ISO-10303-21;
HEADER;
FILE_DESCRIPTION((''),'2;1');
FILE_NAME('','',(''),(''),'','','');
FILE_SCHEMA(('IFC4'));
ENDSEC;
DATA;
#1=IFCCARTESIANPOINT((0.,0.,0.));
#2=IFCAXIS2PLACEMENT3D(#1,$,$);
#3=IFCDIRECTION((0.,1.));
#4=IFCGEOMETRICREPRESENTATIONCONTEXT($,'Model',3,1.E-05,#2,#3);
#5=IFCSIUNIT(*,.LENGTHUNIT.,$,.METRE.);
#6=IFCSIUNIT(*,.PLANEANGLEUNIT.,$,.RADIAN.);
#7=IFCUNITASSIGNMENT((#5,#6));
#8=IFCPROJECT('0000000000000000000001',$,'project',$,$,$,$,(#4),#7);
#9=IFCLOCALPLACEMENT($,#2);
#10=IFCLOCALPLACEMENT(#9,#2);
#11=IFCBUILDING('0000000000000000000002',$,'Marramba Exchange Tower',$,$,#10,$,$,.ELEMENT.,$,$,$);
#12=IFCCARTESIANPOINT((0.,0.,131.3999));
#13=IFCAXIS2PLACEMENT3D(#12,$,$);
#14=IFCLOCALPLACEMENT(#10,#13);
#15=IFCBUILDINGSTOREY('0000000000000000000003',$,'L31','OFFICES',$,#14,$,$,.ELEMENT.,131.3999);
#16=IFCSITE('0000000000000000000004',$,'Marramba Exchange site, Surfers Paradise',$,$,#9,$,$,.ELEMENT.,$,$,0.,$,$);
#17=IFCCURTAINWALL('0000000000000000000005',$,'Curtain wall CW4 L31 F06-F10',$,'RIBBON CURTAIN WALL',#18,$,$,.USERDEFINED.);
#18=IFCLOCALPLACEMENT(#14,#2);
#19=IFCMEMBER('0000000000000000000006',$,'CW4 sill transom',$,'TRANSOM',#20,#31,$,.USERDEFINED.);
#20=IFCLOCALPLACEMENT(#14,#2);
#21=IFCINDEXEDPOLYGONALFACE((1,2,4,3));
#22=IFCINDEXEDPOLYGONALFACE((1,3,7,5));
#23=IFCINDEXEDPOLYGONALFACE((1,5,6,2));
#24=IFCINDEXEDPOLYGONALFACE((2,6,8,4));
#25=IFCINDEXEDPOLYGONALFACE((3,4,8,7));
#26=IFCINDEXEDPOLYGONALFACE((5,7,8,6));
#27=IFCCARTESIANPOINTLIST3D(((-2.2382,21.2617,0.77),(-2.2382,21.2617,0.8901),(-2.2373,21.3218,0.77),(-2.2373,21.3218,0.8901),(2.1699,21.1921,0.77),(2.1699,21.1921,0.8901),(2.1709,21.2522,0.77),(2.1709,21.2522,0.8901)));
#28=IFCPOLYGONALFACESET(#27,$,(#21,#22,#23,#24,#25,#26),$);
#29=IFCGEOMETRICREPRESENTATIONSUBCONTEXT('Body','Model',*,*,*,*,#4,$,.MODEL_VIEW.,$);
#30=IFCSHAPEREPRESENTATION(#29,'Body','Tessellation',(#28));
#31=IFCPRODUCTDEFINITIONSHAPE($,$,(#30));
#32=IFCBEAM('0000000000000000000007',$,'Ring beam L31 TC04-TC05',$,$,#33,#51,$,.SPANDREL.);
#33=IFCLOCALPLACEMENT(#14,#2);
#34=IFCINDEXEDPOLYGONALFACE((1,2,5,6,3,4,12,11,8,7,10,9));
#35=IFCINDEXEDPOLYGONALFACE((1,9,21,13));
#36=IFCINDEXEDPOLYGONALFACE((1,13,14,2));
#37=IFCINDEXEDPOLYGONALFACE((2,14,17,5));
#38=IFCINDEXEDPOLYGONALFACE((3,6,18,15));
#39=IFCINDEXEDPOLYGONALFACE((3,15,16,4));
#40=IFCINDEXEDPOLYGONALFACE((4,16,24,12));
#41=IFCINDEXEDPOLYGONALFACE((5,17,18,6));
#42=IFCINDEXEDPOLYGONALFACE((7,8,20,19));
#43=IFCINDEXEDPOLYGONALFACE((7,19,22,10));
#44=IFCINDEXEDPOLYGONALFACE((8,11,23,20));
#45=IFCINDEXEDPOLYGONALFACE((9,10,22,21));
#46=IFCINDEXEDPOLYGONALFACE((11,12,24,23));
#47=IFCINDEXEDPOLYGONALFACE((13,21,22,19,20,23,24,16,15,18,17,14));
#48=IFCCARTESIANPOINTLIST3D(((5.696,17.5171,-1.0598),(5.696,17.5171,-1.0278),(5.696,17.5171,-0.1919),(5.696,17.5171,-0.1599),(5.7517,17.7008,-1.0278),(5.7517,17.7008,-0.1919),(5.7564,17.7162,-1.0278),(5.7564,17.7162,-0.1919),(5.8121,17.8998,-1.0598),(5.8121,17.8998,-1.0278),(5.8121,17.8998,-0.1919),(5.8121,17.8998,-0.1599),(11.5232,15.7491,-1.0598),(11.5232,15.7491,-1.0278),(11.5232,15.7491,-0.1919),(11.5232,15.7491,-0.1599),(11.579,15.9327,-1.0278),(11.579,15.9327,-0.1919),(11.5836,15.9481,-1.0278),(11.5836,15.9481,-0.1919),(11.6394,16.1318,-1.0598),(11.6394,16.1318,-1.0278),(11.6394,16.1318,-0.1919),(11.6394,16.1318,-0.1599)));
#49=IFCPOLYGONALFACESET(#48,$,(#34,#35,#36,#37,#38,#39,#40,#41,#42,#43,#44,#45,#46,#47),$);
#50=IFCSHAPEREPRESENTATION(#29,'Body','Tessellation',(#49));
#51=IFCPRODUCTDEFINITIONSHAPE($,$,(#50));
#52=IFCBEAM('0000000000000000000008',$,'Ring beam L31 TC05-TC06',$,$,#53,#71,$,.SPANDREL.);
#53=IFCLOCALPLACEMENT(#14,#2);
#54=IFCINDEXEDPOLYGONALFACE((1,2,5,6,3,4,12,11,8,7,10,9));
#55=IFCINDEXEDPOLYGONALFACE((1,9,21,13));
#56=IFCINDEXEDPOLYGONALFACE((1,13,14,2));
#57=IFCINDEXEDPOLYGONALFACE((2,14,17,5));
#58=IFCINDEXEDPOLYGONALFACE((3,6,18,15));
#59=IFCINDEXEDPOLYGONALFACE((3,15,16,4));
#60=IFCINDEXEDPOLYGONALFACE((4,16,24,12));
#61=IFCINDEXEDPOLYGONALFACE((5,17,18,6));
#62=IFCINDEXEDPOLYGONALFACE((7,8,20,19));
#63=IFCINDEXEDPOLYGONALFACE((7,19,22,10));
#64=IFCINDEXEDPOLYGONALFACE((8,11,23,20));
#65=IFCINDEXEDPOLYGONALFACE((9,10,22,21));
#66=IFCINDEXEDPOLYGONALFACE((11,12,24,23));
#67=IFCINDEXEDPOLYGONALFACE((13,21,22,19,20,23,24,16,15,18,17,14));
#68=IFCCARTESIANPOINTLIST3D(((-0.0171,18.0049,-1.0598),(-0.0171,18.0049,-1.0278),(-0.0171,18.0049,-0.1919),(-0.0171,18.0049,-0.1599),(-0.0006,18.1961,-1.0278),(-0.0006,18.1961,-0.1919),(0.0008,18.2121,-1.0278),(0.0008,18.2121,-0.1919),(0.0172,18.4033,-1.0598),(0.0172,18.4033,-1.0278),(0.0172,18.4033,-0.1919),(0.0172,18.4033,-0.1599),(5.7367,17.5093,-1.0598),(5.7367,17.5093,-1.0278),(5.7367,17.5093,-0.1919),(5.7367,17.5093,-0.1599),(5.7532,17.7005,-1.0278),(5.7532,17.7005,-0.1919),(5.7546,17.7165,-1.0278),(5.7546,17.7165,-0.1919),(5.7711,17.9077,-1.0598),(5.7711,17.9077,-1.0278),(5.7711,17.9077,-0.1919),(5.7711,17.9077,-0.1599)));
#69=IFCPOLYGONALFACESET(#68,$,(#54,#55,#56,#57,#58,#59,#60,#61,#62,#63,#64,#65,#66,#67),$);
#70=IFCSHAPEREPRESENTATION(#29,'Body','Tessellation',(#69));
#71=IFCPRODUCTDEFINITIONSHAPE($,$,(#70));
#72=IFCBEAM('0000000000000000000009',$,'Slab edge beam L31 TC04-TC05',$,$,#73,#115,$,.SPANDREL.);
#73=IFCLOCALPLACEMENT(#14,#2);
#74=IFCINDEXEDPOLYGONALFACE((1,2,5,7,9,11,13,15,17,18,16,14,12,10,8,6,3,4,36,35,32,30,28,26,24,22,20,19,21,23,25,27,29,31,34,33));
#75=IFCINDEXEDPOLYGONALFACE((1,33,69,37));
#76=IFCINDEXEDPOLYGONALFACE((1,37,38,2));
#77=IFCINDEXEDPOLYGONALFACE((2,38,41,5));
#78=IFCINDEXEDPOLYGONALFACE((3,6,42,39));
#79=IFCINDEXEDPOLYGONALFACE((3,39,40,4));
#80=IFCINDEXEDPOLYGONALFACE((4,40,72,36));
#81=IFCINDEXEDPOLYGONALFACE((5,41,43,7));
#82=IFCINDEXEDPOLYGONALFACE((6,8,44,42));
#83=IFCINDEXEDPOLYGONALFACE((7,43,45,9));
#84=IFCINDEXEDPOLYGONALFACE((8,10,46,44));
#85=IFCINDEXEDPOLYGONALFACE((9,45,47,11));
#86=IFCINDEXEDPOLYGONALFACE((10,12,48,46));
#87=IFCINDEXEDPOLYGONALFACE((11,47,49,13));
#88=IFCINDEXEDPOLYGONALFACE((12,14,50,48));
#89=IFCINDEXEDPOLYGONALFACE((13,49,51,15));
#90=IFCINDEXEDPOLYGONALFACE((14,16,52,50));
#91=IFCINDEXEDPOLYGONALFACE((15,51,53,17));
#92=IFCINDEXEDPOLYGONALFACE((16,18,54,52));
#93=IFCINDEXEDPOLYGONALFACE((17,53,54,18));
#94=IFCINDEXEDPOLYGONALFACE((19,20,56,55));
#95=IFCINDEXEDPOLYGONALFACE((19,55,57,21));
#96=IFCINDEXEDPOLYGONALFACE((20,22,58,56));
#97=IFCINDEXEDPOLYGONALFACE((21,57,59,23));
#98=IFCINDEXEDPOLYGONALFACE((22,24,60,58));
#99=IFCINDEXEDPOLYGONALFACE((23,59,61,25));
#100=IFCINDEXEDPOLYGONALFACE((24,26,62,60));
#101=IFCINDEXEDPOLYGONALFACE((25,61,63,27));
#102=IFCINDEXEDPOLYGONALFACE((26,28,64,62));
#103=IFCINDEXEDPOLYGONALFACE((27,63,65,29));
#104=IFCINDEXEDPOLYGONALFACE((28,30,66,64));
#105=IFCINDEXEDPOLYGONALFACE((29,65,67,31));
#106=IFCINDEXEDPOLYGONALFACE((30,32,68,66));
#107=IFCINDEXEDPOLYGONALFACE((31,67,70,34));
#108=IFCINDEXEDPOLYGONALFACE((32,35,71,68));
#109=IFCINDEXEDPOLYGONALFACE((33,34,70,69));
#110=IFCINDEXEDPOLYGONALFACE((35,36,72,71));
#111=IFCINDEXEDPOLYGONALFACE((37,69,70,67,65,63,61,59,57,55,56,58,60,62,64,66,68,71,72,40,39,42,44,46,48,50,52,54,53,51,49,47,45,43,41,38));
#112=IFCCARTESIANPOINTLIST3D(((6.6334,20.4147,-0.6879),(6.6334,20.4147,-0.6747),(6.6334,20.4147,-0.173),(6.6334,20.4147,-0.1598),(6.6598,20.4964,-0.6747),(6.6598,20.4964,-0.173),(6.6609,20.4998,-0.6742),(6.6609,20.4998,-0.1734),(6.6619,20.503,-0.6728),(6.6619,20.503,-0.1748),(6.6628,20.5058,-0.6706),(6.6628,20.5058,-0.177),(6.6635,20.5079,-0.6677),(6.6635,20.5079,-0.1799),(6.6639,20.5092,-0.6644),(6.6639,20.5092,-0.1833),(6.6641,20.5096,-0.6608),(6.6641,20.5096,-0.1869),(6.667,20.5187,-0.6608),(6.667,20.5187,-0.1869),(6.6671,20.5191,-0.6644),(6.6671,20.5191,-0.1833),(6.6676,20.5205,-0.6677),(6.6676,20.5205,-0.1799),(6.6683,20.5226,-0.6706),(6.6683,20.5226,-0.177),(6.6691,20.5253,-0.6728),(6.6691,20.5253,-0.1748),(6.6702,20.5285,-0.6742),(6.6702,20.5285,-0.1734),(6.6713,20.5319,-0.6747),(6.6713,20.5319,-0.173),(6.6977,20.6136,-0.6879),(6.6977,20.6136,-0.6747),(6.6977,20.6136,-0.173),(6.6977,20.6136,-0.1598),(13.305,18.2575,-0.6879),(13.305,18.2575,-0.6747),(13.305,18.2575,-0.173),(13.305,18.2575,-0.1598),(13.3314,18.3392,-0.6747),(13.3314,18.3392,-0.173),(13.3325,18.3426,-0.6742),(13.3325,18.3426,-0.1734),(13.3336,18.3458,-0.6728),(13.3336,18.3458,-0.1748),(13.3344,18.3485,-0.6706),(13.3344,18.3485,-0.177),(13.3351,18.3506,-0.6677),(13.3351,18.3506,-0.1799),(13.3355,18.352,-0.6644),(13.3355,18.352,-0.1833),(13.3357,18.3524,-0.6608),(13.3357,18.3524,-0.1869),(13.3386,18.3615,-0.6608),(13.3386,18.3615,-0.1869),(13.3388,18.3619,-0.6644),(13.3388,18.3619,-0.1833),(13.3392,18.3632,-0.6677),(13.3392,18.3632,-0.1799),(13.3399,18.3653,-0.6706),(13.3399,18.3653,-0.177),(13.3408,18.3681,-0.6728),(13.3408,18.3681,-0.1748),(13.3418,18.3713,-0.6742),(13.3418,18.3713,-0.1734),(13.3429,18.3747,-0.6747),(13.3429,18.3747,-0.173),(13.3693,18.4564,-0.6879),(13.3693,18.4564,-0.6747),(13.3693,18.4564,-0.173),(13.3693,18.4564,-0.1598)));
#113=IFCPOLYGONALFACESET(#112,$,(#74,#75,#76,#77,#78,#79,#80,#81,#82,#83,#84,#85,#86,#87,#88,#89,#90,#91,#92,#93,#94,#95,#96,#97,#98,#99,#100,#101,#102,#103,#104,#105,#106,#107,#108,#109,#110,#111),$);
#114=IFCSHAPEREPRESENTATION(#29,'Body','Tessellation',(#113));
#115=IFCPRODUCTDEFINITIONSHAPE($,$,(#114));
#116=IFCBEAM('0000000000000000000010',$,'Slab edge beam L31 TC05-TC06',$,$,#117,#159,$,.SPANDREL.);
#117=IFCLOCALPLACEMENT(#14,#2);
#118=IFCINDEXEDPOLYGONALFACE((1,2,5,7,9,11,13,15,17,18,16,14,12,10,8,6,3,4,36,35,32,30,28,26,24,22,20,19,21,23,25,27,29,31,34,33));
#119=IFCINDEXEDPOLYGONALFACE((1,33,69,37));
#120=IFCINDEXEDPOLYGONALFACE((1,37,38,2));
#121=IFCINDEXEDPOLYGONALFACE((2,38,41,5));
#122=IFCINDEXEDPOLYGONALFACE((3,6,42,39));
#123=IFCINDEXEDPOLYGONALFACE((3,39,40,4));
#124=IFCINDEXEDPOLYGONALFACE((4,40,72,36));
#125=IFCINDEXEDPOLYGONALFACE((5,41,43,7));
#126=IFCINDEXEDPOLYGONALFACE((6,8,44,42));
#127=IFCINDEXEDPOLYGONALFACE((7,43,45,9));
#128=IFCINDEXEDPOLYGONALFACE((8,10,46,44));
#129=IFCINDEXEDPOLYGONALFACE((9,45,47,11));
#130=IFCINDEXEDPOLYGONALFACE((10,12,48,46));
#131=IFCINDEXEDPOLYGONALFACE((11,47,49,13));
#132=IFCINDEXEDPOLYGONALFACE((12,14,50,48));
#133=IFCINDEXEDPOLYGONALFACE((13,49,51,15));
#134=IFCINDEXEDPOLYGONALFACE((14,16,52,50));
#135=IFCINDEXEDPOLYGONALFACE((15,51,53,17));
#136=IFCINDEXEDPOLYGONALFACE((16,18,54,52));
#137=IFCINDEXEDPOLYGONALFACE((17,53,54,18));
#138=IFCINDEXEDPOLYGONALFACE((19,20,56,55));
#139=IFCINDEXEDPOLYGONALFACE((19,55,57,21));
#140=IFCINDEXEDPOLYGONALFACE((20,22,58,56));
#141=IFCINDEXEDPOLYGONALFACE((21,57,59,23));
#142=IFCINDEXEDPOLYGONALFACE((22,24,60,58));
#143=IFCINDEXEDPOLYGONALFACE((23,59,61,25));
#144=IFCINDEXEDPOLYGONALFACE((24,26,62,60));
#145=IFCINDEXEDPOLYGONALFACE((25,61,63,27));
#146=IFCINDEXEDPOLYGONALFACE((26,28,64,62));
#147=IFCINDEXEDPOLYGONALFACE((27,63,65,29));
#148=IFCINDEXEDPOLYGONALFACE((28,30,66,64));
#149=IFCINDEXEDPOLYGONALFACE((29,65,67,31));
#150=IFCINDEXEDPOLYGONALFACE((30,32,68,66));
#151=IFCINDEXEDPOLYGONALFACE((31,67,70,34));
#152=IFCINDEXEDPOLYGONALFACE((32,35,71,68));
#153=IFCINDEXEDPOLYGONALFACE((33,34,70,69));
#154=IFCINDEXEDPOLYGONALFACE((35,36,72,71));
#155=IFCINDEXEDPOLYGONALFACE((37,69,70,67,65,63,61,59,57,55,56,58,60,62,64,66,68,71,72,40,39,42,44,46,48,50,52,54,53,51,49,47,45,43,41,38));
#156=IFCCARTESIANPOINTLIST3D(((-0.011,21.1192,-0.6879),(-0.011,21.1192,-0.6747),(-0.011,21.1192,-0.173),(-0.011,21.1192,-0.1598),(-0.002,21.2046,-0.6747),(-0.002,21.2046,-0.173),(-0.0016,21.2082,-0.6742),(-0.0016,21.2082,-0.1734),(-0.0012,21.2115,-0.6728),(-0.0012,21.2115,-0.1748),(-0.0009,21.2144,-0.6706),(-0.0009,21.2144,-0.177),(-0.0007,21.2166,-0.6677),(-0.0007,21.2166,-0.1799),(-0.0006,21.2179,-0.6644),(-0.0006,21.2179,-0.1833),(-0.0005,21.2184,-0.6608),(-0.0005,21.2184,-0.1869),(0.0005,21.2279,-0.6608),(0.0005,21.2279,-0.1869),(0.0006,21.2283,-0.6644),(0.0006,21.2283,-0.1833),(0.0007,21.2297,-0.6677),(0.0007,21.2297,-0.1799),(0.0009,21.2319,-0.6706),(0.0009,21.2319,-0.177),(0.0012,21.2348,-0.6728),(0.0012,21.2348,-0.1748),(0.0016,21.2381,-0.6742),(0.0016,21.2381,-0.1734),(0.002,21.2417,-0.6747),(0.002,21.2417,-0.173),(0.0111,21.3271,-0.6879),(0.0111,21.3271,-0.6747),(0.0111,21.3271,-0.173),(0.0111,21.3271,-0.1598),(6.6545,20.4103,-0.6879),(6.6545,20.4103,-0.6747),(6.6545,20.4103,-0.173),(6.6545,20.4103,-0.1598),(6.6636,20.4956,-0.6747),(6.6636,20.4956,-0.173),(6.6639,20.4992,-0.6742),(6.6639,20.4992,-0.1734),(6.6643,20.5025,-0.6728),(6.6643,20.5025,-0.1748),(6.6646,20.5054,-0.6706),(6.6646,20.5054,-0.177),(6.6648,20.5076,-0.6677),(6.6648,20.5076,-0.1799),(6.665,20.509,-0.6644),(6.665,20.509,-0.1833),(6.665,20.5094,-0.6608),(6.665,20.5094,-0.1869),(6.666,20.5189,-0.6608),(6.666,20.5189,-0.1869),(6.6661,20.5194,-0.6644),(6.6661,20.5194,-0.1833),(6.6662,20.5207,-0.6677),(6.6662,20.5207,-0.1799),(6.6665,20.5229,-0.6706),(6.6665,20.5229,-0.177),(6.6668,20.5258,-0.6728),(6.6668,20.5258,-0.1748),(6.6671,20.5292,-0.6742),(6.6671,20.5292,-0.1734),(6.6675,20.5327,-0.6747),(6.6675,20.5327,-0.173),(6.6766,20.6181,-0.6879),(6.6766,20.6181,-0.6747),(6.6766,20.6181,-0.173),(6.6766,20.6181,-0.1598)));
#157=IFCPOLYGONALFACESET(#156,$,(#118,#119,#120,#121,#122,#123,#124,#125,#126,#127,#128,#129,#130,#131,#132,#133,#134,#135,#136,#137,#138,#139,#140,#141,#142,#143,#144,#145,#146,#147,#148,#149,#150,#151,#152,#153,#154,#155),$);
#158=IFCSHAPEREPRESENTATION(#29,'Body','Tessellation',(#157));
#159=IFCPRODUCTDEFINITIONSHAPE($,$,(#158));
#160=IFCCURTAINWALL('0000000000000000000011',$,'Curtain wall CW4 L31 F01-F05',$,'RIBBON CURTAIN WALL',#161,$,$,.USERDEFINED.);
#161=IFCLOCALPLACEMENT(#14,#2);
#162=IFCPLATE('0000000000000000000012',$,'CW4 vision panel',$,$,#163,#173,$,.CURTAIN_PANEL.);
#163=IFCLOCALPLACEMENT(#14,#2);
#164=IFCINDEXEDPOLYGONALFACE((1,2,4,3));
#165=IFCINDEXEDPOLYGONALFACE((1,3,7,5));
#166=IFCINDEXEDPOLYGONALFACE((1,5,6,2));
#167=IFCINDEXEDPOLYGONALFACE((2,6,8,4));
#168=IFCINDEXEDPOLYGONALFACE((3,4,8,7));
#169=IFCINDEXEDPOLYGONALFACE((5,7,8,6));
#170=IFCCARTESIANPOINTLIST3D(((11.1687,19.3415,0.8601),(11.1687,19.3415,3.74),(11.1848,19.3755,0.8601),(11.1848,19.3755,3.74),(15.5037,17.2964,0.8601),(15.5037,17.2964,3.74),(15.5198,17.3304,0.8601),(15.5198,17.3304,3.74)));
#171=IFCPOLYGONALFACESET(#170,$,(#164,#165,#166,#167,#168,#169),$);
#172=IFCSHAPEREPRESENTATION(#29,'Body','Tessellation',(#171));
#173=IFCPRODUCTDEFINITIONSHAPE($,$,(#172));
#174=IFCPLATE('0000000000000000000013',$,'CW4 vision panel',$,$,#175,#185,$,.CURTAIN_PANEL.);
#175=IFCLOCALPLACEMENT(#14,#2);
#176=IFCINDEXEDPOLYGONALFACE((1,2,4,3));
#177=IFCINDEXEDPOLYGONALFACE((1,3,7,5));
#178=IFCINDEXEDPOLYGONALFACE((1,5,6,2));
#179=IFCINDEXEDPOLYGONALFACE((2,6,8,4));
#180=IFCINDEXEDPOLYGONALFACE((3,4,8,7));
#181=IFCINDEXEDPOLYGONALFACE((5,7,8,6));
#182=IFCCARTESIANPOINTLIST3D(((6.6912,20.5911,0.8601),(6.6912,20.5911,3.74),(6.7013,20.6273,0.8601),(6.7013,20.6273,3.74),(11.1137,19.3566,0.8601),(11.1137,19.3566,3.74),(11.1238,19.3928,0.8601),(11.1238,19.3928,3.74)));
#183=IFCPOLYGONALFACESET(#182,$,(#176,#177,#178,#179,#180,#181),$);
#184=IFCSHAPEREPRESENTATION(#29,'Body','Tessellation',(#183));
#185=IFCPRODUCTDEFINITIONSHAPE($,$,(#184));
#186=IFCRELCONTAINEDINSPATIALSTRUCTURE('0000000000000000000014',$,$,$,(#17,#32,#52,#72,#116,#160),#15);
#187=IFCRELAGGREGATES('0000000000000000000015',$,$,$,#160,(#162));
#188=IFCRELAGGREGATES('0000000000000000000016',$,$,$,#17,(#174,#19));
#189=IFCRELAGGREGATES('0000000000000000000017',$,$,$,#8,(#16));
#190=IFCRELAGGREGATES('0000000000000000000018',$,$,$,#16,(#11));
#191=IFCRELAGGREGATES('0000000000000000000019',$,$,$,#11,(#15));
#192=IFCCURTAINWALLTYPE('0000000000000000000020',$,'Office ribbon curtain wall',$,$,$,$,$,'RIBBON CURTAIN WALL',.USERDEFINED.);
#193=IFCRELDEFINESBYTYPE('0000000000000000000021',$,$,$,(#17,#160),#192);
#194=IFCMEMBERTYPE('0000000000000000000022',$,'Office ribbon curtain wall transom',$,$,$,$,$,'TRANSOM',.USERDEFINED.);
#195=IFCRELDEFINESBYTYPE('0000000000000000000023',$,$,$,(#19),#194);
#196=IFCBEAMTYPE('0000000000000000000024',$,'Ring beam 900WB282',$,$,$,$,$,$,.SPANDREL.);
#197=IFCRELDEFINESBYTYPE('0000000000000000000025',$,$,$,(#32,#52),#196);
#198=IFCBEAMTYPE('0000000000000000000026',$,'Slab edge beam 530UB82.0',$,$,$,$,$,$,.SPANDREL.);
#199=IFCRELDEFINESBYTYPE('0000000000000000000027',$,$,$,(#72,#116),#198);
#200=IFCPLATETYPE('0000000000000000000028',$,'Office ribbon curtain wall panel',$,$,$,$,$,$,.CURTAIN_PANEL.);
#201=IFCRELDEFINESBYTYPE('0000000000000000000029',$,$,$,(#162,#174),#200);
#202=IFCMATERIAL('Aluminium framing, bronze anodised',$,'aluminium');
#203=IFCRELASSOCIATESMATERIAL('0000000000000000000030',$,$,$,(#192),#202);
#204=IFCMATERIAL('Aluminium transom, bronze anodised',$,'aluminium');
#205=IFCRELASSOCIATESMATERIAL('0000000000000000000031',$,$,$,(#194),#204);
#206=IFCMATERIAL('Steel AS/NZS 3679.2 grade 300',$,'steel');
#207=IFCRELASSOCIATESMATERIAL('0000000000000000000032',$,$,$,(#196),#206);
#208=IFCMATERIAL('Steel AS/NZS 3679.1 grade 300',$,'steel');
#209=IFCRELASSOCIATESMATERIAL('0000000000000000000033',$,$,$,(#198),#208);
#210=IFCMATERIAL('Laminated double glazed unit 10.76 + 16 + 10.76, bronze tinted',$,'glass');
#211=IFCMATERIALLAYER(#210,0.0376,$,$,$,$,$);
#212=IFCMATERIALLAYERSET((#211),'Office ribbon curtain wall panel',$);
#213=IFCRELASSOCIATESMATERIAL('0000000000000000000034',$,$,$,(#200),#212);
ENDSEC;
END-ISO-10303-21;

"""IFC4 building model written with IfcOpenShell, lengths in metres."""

from ifc_helpers import new_model, si_unit, direction, frame, origin, origin_2d, place, context, subcontext, project, spatial, rectangle, i_section, extrude, material, layer, layer_set, material_profile, profile_set, type_object, element, aggregate, save


model = new_model("IFC4")

# Units and contexts
model_context = context("Model", 3, precision=1e-05, world=origin(), true_north=direction((0.0, 1.0)))
body_context = subcontext(model_context, "Body", "Model", "MODEL_VIEW")
ifc_project = project(units=[si_unit("LENGTHUNIT", "METRE"), si_unit("PLANEANGLEUNIT", "RADIAN")], contexts=[model_context])

# Site, building, storey
site_placement = place(None, origin())
site = spatial("IfcSite", under=ifc_project, at=site_placement, Name="Marramba Exchange site, Surfers Paradise", CompositionType="ELEMENT", RefElevation=0.0)
building_placement = place(site_placement, origin())
building = spatial("IfcBuilding", under=site, at=building_placement, Name="Marramba Exchange Tower", CompositionType="ELEMENT")
storey_placement = place(building_placement, frame((0.0, 0.0, 131.3999)))
storey = spatial("IfcBuildingStorey", under=building, at=storey_placement, Name="L31", Description="OFFICES", CompositionType="ELEMENT", Elevation=131.3999)

# Shared definitions
ifc_material_1 = material(Name="Steel AS/NZS 3679.2 grade 300", Category="steel")
ifc_material_2 = material(Name="Steel AS/NZS 3679.1 grade 300", Category="steel")

# Curtain wall, member
ifc_material_3 = material(Name="Aluminium framing, bronze anodised", Category="aluminium")
curtain_wall_type = type_object("IfcCurtainWallType", Name="Office ribbon curtain wall", ElementType="RIBBON CURTAIN WALL", PredefinedType="USERDEFINED", material=ifc_material_3)
curtain_wall_1_placement = place(storey_placement, origin())
curtain_wall_1 = element("IfcCurtainWall", 1, at=curtain_wall_1_placement, inside=storey, type_object=curtain_wall_type, Name="Curtain wall CW4 L31 F06-F10", ObjectType="RIBBON CURTAIN WALL", PredefinedType="USERDEFINED")
ifc_material_4 = material(Name="Aluminium transom, bronze anodised", Category="aluminium")
ifc_material_profile_1 = material_profile(ifc_material_4, rectangle(XDim=0.0601, YDim=0.1201, at=origin_2d()), Name="CW4 transom 60x120")
ifc_profile_set_1 = profile_set([ifc_material_profile_1], Name="Aluminium transom, bronze anodised")
member_type_1 = type_object("IfcMemberType", Name="Office ribbon curtain wall transom", ElementType="TRANSOM", PredefinedType="USERDEFINED", material=ifc_profile_set_1)
member_1_placement = place(storey_placement, frame((2.1704, 21.2222, 0.8301), z_axis=(-0.999875, 0.015782, 0.0), x_axis=(-0.015782, -0.999875, 0.0)))
member_1 = element("IfcMember", 2, at=member_1_placement, type_object=member_type_1, Name="CW4 sill transom", ObjectType="TRANSOM", PredefinedType="USERDEFINED", context=body_context, shape_type="SweptSolid", body=[
    extrude(rectangle(XDim=0.0601, YDim=0.1201, at=origin_2d()), origin(), (0.0, 0.0, 1.0), 4.4087),
])

# Beams
ifc_material_profile_2 = material_profile(ifc_material_1, i_section(OverallWidth=0.3999, OverallDepth=0.8999, WebThickness=0.0161, FlangeThickness=0.032, at=origin_2d()), Name="900WB282")
ifc_profile_set_2 = profile_set([ifc_material_profile_2], Name="Steel AS/NZS 3679.2 grade 300")
beam_type_1 = type_object("IfcBeamType", Name="Ring beam 900WB282", PredefinedType="SPANDREL", material=ifc_profile_set_2)
beam_1_placement = place(storey_placement, frame((11.5813, 15.9404, -0.6099), z_axis=(-0.956925, 0.290337, 0.0), x_axis=(-0.290337, -0.956925, 0.0)))
element("IfcBeam", 3, at=beam_1_placement, inside=storey, type_object=beam_type_1, Name="Ring beam L31 TC04-TC05", PredefinedType="SPANDREL", context=body_context, shape_type="SweptSolid", body=[
    extrude(i_section(OverallWidth=0.3999, OverallDepth=0.8999, WebThickness=0.0161, FlangeThickness=0.032, at=origin_2d()), origin(), (0.0, 0.0, 1.0), 6.0896),
])
beam_2_placement = place(storey_placement, frame((5.7539, 17.7085, -0.6099), z_axis=(-0.996311, 0.085816, 0.0), x_axis=(-0.085816, -0.996311, 0.0)))
element("IfcBeam", 4, at=beam_2_placement, inside=storey, type_object=beam_type_1, Name="Ring beam L31 TC05-TC06", PredefinedType="SPANDREL", context=body_context, shape_type="SweptSolid", body=[
    extrude(i_section(OverallWidth=0.3999, OverallDepth=0.8999, WebThickness=0.0161, FlangeThickness=0.032, at=origin_2d()), origin(), (0.0, 0.0, 1.0), 5.7751),
])
ifc_material_profile_3 = material_profile(ifc_material_2, i_section(OverallWidth=0.209, OverallDepth=0.5281, WebThickness=0.0095, FlangeThickness=0.0132, FilletRadius=0.0139, at=origin_2d()), Name="530UB82.0")
ifc_profile_set_3 = profile_set([ifc_material_profile_3], Name="Steel AS/NZS 3679.1 grade 300")
beam_type_2 = type_object("IfcBeamType", Name="Slab edge beam 530UB82.0", PredefinedType="SPANDREL", material=ifc_profile_set_3)
beam_3_placement = place(storey_placement, frame((13.3372, 18.3569, -0.4238), z_axis=(-0.951496, 0.30766, 0.0), x_axis=(-0.30766, -0.951496, 0.0)))
element("IfcBeam", 5, at=beam_3_placement, inside=storey, type_object=beam_type_2, Name="Slab edge beam L31 TC04-TC05", PredefinedType="SPANDREL", context=body_context, shape_type="SweptSolid", body=[
    extrude(i_section(OverallWidth=0.209, OverallDepth=0.5281, WebThickness=0.0095, FlangeThickness=0.0132, FilletRadius=0.0139, at=origin_2d()), origin(), (0.0, 0.0, 1.0), 7.0117),
])
beam_4_placement = place(storey_placement, frame((6.6655, 20.5142, -0.4238), z_axis=(-0.994391, 0.105769, 0.0), x_axis=(-0.105769, -0.994391, 0.0)))
element("IfcBeam", 6, at=beam_4_placement, inside=storey, type_object=beam_type_2, Name="Slab edge beam L31 TC05-TC06", PredefinedType="SPANDREL", context=body_context, shape_type="SweptSolid", body=[
    extrude(i_section(OverallWidth=0.209, OverallDepth=0.5281, WebThickness=0.0095, FlangeThickness=0.0132, FilletRadius=0.0139, at=origin_2d()), origin(), (0.0, 0.0, 1.0), 6.7031),
])

# Curtain wall, plate
curtain_wall_2_placement = place(storey_placement, origin())
curtain_wall_2 = element("IfcCurtainWall", 7, at=curtain_wall_2_placement, inside=storey, type_object=curtain_wall_type, Name="Curtain wall CW4 L31 F01-F05", ObjectType="RIBBON CURTAIN WALL", PredefinedType="USERDEFINED")
ifc_material_5 = material(Name="Laminated double glazed unit 10.76 + 16 + 10.76, bronze tinted", Category="glass")
ifc_layer_1 = layer(ifc_material_5, 0.0376)
ifc_layer_set_1 = layer_set([ifc_layer_1], Name="Office ribbon curtain wall panel")
plate_type = type_object("IfcPlateType", Name="Office ribbon curtain wall panel", PredefinedType="CURTAIN_PANEL", material=ifc_layer_set_1)
plate_1_placement = place(storey_placement, frame((13.3442, 18.3359, 0.8601), z_axis=(0.0, 0.0, 1.0), x_axis=(-0.904403, 0.426679, 0.0)))
plate_1 = element("IfcPlate", 8, at=plate_1_placement, type_object=plate_type, Name="CW4 vision panel", PredefinedType="CURTAIN_PANEL", context=body_context, shape_type="SweptSolid", body=[
    extrude(rectangle(XDim=4.7932, YDim=0.0376, at=origin_2d()), origin(), (0.0, 0.0, 1.0), 2.8799),
])
aggregate(curtain_wall_2, [plate_1])

# Plate
plate_2_placement = place(storey_placement, frame((8.9075, 19.9919, 0.8601), z_axis=(0.0, 0.0, 1.0), x_axis=(-0.963178, 0.268865, 0.0)))
plate_2 = element("IfcPlate", 9, at=plate_2_placement, type_object=plate_type, Name="CW4 vision panel", PredefinedType="CURTAIN_PANEL", context=body_context, shape_type="SweptSolid", body=[
    extrude(rectangle(XDim=4.5916, YDim=0.0376, at=origin_2d()), origin(), (0.0, 0.0, 1.0), 2.8799),
])
aggregate(curtain_wall_1, [plate_2, member_1])

save(model, "model.ifc")
